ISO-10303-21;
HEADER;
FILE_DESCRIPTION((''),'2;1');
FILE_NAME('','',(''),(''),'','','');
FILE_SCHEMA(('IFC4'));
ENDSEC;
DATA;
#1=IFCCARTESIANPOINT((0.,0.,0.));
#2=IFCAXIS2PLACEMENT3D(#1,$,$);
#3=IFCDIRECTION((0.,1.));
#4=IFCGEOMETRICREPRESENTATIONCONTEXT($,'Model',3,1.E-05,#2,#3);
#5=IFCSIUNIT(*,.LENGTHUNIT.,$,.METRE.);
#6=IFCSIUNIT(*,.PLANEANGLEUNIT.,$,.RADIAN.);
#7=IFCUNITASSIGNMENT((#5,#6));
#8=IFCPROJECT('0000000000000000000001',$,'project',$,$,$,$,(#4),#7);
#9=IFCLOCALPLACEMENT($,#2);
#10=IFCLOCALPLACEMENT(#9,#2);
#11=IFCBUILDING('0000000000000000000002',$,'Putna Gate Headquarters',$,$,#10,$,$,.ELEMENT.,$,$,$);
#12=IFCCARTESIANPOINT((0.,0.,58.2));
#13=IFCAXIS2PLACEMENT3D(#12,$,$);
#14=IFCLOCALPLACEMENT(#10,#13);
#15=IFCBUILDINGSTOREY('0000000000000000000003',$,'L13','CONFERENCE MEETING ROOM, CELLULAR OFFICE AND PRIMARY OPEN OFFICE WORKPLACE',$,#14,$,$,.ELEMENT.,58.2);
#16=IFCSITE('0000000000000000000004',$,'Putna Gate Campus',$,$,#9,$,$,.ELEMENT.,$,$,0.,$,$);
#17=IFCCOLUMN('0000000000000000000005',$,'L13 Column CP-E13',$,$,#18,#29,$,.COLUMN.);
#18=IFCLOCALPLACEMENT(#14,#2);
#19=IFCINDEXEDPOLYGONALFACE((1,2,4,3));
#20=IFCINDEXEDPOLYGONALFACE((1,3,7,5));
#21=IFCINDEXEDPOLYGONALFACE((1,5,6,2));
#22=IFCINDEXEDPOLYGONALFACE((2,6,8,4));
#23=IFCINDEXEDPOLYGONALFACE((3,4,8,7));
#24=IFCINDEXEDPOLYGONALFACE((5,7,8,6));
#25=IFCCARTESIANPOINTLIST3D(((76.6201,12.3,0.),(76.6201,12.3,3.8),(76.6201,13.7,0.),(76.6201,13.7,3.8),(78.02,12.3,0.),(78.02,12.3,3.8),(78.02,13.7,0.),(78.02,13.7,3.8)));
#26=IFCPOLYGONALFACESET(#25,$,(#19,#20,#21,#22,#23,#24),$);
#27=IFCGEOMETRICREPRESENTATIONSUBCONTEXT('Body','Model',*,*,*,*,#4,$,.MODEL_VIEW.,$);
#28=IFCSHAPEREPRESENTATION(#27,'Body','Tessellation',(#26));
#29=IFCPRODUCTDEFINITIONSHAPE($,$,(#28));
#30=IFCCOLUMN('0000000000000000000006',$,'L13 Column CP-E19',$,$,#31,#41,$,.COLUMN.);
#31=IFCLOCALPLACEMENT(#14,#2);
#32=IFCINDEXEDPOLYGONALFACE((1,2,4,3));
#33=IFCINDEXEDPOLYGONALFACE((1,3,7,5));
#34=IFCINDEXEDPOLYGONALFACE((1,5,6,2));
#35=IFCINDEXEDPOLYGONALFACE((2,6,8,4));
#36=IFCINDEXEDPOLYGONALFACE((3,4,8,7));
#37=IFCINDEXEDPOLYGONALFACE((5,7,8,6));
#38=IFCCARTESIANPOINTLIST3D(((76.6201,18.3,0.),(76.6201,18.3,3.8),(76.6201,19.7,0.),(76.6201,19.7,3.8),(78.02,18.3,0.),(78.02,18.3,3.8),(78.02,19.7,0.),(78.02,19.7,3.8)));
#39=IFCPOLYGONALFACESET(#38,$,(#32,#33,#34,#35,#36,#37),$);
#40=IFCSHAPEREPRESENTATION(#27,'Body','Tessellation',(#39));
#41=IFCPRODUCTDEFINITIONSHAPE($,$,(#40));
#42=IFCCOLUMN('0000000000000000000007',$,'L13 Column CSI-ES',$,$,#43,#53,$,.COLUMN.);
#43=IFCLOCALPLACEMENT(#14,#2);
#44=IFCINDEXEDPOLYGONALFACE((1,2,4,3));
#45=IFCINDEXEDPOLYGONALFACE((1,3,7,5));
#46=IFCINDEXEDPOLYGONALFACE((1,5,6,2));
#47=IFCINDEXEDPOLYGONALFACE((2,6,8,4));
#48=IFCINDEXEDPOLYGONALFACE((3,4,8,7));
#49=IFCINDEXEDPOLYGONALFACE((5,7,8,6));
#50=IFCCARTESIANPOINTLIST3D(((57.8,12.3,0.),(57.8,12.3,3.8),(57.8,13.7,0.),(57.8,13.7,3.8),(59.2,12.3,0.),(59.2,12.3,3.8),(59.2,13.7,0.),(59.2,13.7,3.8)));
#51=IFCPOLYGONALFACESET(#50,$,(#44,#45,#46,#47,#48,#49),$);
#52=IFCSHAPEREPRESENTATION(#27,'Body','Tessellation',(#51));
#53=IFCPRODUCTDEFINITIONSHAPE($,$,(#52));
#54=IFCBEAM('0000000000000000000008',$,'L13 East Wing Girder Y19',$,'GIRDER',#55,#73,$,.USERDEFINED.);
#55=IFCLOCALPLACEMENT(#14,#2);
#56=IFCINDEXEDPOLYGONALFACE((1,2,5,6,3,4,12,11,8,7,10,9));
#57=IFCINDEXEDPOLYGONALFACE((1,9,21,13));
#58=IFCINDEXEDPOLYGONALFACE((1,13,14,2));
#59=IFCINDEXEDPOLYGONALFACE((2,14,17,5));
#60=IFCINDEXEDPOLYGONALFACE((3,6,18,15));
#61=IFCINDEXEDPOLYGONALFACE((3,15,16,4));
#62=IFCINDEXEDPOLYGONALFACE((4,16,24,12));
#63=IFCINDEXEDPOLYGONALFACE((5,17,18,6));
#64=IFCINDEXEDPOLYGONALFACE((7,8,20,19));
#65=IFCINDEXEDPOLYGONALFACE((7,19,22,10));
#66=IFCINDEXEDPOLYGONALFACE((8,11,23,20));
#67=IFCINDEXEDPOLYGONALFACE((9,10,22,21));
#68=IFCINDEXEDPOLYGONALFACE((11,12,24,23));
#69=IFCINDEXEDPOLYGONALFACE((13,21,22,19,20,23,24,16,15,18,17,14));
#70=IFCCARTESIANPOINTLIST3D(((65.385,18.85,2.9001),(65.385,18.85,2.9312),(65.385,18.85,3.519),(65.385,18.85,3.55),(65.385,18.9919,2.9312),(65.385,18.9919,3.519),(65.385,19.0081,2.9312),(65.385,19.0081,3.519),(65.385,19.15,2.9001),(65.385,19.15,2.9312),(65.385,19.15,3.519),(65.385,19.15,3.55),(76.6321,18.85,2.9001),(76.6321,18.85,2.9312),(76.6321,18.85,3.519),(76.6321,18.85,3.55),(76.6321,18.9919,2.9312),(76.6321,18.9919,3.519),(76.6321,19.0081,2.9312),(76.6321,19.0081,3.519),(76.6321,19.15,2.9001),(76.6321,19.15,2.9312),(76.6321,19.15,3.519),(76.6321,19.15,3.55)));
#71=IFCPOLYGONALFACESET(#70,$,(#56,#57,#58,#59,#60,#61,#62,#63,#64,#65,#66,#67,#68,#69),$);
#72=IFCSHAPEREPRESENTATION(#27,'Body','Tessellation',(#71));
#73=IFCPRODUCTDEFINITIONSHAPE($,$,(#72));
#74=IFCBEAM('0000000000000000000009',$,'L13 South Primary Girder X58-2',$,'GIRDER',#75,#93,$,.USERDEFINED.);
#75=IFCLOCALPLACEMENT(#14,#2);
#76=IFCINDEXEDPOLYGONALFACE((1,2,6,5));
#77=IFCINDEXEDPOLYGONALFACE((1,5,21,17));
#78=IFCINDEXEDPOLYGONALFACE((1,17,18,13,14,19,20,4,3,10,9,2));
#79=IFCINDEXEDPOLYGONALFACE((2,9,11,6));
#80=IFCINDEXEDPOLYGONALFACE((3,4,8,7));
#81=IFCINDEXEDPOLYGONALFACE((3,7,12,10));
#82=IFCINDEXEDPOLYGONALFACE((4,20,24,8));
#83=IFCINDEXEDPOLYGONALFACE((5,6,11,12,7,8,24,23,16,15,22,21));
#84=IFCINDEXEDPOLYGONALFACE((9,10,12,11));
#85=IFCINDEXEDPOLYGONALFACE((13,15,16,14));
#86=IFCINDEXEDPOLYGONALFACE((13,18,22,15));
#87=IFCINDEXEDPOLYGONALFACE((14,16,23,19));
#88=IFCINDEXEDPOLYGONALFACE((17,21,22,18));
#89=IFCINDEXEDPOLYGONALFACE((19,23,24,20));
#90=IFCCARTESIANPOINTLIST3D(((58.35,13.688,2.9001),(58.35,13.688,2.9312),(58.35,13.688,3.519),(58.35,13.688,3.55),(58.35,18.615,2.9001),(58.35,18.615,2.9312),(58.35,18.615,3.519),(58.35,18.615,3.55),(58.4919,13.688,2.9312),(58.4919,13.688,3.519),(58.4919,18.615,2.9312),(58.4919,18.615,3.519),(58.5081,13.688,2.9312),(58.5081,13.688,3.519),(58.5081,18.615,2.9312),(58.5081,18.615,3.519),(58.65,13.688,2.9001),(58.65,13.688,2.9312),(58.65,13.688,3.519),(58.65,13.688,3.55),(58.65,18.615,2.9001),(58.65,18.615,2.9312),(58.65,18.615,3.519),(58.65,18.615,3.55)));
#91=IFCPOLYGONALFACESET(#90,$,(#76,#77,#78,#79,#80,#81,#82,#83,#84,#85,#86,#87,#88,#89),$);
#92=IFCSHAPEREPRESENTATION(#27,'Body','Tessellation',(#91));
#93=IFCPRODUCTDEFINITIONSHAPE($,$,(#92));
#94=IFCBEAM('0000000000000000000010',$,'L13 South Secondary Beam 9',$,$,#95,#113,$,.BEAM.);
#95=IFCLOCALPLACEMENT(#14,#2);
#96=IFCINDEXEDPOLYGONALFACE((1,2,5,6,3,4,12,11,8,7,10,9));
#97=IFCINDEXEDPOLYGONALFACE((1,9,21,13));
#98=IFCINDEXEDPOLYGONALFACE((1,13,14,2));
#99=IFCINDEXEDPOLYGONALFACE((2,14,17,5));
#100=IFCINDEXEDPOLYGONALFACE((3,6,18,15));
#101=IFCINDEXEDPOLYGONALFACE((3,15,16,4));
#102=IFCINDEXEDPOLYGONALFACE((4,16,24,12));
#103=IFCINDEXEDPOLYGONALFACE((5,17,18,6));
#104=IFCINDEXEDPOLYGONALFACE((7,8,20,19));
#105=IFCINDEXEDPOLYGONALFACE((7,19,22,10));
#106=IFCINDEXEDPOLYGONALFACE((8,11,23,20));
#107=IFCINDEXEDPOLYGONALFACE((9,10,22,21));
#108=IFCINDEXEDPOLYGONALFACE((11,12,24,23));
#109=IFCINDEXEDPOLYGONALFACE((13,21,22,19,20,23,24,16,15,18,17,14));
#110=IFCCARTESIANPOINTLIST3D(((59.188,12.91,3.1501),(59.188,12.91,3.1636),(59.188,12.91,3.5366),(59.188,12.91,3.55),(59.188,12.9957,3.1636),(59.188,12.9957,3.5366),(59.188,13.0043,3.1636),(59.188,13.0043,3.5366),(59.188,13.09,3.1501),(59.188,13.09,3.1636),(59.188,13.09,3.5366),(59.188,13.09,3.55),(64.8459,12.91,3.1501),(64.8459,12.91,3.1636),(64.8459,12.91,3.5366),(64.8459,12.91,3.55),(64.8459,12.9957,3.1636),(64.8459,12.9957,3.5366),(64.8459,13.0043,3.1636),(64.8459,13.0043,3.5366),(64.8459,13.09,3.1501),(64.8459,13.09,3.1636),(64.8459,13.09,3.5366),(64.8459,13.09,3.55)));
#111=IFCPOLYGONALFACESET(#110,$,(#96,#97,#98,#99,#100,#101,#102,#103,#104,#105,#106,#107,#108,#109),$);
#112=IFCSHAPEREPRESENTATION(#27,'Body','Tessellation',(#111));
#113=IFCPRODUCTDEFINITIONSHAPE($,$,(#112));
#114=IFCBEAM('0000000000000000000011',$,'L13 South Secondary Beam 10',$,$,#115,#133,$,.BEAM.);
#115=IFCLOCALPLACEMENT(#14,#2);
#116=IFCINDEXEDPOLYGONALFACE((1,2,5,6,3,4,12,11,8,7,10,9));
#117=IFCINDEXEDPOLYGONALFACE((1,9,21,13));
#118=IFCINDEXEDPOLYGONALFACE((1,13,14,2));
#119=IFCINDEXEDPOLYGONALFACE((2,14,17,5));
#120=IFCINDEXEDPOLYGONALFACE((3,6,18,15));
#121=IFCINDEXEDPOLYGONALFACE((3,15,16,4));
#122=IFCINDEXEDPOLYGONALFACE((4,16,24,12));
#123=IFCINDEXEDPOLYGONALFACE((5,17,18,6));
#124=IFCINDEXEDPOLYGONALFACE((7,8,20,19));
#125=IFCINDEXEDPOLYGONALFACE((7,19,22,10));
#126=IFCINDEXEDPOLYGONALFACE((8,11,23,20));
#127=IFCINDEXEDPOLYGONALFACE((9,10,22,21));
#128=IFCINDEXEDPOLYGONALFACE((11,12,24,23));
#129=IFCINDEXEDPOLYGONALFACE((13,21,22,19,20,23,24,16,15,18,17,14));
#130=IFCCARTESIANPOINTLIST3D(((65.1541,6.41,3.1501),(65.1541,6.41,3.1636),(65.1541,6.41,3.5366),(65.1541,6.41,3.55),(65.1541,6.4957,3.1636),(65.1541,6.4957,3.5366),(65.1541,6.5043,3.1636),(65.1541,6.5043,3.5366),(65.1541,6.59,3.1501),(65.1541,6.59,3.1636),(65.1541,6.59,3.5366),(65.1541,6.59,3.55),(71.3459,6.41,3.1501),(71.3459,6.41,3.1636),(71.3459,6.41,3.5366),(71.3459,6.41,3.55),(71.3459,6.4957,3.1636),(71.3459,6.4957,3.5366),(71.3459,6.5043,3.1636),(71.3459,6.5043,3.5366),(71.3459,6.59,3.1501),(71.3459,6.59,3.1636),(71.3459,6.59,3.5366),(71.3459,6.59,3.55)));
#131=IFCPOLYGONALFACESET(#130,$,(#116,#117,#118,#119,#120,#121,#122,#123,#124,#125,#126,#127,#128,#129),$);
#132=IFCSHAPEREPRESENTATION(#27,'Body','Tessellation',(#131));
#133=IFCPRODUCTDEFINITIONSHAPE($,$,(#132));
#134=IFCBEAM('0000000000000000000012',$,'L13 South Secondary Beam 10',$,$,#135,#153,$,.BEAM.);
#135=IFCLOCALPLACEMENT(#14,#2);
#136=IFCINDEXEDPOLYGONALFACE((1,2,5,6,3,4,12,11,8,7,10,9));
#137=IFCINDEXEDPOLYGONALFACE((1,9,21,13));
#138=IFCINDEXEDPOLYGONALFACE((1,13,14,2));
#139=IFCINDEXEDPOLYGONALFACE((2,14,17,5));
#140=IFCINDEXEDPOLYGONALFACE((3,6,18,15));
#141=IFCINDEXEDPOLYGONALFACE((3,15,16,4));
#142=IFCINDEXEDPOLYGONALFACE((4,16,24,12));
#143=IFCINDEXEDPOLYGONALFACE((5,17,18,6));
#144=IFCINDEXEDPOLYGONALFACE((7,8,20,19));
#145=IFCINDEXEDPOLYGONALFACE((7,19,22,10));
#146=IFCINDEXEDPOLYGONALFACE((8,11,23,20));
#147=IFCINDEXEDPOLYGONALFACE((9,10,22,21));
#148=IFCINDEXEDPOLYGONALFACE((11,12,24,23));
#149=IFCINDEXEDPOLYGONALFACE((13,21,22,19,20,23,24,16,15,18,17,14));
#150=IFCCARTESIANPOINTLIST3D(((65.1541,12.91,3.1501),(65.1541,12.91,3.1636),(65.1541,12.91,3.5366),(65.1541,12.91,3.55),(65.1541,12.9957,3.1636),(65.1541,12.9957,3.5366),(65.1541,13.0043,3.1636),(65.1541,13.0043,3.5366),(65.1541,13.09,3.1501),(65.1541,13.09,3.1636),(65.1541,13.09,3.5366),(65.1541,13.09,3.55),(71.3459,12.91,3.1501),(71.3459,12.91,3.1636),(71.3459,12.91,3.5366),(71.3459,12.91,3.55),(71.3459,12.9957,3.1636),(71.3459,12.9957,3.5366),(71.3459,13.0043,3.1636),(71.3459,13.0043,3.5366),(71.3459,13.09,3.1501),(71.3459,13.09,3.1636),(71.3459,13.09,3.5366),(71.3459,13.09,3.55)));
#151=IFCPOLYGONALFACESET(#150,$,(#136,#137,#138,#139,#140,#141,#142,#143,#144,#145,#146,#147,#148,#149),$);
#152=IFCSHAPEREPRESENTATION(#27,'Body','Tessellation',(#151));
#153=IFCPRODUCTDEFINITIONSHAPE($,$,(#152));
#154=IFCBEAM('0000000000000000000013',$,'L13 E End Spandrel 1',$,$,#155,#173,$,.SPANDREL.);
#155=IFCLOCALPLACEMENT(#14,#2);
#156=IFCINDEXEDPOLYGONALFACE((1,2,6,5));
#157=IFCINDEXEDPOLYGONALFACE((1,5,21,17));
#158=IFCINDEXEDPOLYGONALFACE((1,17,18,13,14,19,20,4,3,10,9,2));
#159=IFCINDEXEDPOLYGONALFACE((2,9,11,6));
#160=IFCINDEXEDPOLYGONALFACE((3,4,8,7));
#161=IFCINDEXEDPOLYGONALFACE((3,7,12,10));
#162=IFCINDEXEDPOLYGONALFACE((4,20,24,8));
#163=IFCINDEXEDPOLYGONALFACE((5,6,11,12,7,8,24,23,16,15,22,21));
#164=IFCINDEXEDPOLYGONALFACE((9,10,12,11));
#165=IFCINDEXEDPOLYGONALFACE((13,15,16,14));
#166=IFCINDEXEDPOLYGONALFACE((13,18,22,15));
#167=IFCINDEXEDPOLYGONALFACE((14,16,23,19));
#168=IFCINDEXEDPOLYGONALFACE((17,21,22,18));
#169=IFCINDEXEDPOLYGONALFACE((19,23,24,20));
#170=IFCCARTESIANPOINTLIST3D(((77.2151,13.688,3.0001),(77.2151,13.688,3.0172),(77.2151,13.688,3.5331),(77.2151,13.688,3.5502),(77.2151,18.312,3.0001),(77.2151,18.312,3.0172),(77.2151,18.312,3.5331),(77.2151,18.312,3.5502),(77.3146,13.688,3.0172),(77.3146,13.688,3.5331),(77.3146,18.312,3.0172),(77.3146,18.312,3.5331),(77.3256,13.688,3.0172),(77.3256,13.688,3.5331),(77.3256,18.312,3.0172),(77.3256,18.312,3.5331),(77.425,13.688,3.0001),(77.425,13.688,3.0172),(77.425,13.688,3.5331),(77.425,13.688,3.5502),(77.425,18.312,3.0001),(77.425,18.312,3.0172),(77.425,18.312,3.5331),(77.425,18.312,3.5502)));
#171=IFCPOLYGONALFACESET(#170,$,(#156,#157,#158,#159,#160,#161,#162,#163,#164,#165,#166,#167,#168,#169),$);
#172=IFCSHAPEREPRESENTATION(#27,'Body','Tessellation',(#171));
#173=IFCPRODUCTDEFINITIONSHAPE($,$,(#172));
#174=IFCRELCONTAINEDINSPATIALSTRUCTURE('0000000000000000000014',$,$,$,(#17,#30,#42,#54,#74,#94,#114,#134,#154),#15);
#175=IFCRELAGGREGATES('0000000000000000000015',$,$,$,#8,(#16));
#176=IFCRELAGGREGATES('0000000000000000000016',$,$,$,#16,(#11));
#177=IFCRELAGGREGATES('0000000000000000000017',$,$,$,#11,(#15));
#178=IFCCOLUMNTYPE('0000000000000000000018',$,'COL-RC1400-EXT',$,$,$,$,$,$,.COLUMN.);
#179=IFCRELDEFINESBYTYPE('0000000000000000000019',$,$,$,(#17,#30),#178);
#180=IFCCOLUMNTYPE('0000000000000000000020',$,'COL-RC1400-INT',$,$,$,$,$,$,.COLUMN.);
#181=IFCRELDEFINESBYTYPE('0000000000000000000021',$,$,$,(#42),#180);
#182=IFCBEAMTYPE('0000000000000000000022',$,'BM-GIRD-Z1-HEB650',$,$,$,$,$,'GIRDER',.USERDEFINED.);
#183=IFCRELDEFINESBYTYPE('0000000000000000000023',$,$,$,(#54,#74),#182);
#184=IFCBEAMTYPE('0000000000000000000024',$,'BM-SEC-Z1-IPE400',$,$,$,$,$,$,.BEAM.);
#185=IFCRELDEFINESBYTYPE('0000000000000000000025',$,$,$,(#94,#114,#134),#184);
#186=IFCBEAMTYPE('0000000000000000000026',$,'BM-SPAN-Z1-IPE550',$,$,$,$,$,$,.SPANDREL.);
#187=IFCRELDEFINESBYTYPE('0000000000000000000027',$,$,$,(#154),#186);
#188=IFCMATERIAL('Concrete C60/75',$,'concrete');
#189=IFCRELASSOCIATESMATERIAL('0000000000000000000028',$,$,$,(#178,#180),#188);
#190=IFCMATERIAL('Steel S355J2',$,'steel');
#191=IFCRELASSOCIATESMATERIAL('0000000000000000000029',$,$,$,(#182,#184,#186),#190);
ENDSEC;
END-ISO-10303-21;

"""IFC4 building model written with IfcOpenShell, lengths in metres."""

from ifc_helpers import new_model, si_unit, direction, frame, origin, origin_2d, place, context, subcontext, project, spatial, rectangle, i_section, extrude, material, material_profile, profile_set, type_object, element, save


model = new_model("IFC4")

# Units and contexts
model_context = context("Model", 3, precision=1e-05, world=origin(), true_north=direction((0.0, 1.0)))
body_context = subcontext(model_context, "Body", "Model", "MODEL_VIEW")
ifc_project = project(units=[si_unit("LENGTHUNIT", "METRE"), si_unit("PLANEANGLEUNIT", "RADIAN")], contexts=[model_context])

# Site, building, storey
site_placement = place(None, origin())
site = spatial("IfcSite", under=ifc_project, at=site_placement, Name="Putna Gate Campus", CompositionType="ELEMENT", RefElevation=0.0)
building_placement = place(site_placement, origin())
building = spatial("IfcBuilding", under=site, at=building_placement, Name="Putna Gate Headquarters", CompositionType="ELEMENT")
storey_placement = place(building_placement, frame((0.0, 0.0, 58.2)))
storey = spatial("IfcBuildingStorey", under=building, at=storey_placement, Name="L13", Description="CONFERENCE MEETING ROOM, CELLULAR OFFICE AND PRIMARY OPEN OFFICE WORKPLACE", CompositionType="ELEMENT", Elevation=58.2)

# Columns
ifc_material_1 = material(Name="Concrete C60/75", Category="concrete")
ifc_material_profile_1 = material_profile(ifc_material_1, rectangle(XDim=1.3999, YDim=1.3999, at=origin_2d()), Name="Concrete C60/75")
ifc_profile_set_1 = profile_set([ifc_material_profile_1], Name="Concrete C60/75")
column_type_1 = type_object("IfcColumnType", Name="COL-RC1400-EXT", PredefinedType="COLUMN", material=ifc_profile_set_1)
for number, where, z_axis, x_axis, name in (
    (1, (77.3201, 13.0, 0.0), (0.0, 0.0, 1.0), (1.0, 0.0, 0.0), "L13 Column CP-E13"),
    (2, (77.3201, 19.0, 0.0), (0.0, 0.0, 1.0), (1.0, 0.0, 0.0), "L13 Column CP-E19"),
):
    element("IfcColumn", number, at=place(storey_placement, frame(where, z_axis=z_axis, x_axis=x_axis)), inside=storey, type_object=column_type_1, Name=name, PredefinedType="COLUMN", context=body_context, shape_type="SweptSolid", body=[
        extrude(rectangle(XDim=1.3999, YDim=1.3999, at=origin_2d()), origin(), (0.0, 0.0, 1.0), 3.8),
    ])
ifc_material_profile_2 = material_profile(ifc_material_1, rectangle(XDim=1.3999, YDim=1.3999, at=origin_2d()), Name="Concrete C60/75")
ifc_profile_set_2 = profile_set([ifc_material_profile_2], Name="Concrete C60/75")
column_type_2 = type_object("IfcColumnType", Name="COL-RC1400-INT", PredefinedType="COLUMN", material=ifc_profile_set_2)
column_placement = place(storey_placement, frame((58.5, 13.0, 0.0), z_axis=(0.0, 0.0, 1.0), x_axis=(1.0, 0.0, 0.0)))
element("IfcColumn", 3, at=column_placement, inside=storey, type_object=column_type_2, Name="L13 Column CSI-ES", PredefinedType="COLUMN", context=body_context, shape_type="SweptSolid", body=[
    extrude(rectangle(XDim=1.3999, YDim=1.3999, at=origin_2d()), origin(), (0.0, 0.0, 1.0), 3.8),
])

# Beams
ifc_material_2 = material(Name="Steel S355J2", Category="steel")
ifc_material_profile_3 = material_profile(ifc_material_2, i_section(OverallWidth=0.3, OverallDepth=0.6499, WebThickness=0.0161, FlangeThickness=0.031, at=origin_2d()), Name="Steel S355J2")
ifc_profile_set_3 = profile_set([ifc_material_profile_3], Name="Steel S355J2")
beam_type_1 = type_object("IfcBeamType", Name="BM-GIRD-Z1-HEB650", ElementType="GIRDER", PredefinedType="USERDEFINED", material=ifc_profile_set_3)
beam_1_placement = place(storey_placement, frame((65.385, 19.0, 3.2251), z_axis=(1.0, 0.0, 0.0), x_axis=(0.0, 1.0, 0.0)))
element("IfcBeam", 4, at=beam_1_placement, inside=storey, type_object=beam_type_1, Name="L13 East Wing Girder Y19", ObjectType="GIRDER", PredefinedType="USERDEFINED", context=body_context, shape_type="SweptSolid", body=[
    extrude(i_section(OverallWidth=0.3, OverallDepth=0.6499, WebThickness=0.0161, FlangeThickness=0.031, at=origin_2d()), origin(), (0.0, 0.0, 1.0), 11.2471),
])
beam_2_placement = place(storey_placement, frame((58.5, 13.688, 3.2251), z_axis=(0.0, 1.0, 0.0), x_axis=(-1.0, 0.0, 0.0)))
element("IfcBeam", 5, at=beam_2_placement, inside=storey, type_object=beam_type_1, Name="L13 South Primary Girder X58-2", ObjectType="GIRDER", PredefinedType="USERDEFINED", context=body_context, shape_type="SweptSolid", body=[
    extrude(i_section(OverallWidth=0.3, OverallDepth=0.6499, WebThickness=0.0161, FlangeThickness=0.031, at=origin_2d()), origin(), (0.0, 0.0, 1.0), 4.927),
])
ifc_material_profile_4 = material_profile(ifc_material_2, i_section(OverallWidth=0.1799, OverallDepth=0.3999, WebThickness=0.0085, FlangeThickness=0.0134, at=origin_2d()), Name="Steel S355J2")
ifc_profile_set_4 = profile_set([ifc_material_profile_4], Name="Steel S355J2")
beam_type_2 = type_object("IfcBeamType", Name="BM-SEC-Z1-IPE400", PredefinedType="BEAM", material=ifc_profile_set_4)
beam_3_placement = place(storey_placement, frame((59.188, 13.0, 3.3501), z_axis=(1.0, 0.0, 0.0), x_axis=(0.0, 1.0, 0.0)))
element("IfcBeam", 6, at=beam_3_placement, inside=storey, type_object=beam_type_2, Name="L13 South Secondary Beam 9", PredefinedType="BEAM", context=body_context, shape_type="SweptSolid", body=[
    extrude(i_section(OverallWidth=0.1799, OverallDepth=0.3999, WebThickness=0.0085, FlangeThickness=0.0134, at=origin_2d()), origin(), (0.0, 0.0, 1.0), 5.658),
])
for number, where, z_axis, x_axis, name in (
    (7, (65.1541, 6.5, 3.3501), (1.0, 0.0, 0.0), (0.0, 1.0, 0.0), "L13 South Secondary Beam 10"),
    (8, (65.1541, 13.0, 3.3501), (1.0, 0.0, 0.0), (0.0, 1.0, 0.0), "L13 South Secondary Beam 10"),
):
    element("IfcBeam", number, at=place(storey_placement, frame(where, z_axis=z_axis, x_axis=x_axis)), inside=storey, type_object=beam_type_2, Name=name, PredefinedType="BEAM", context=body_context, shape_type="SweptSolid", body=[
        extrude(i_section(OverallWidth=0.1799, OverallDepth=0.3999, WebThickness=0.0085, FlangeThickness=0.0134, at=origin_2d()), origin(), (0.0, 0.0, 1.0), 6.1919),
    ])
ifc_material_profile_5 = material_profile(ifc_material_2, i_section(OverallWidth=0.21, OverallDepth=0.55, WebThickness=0.011, FlangeThickness=0.0171, at=origin_2d()), Name="Steel S355J2")
ifc_profile_set_5 = profile_set([ifc_material_profile_5], Name="Steel S355J2")
beam_type_3 = type_object("IfcBeamType", Name="BM-SPAN-Z1-IPE550", PredefinedType="SPANDREL", material=ifc_profile_set_5)
beam_4_placement = place(storey_placement, frame((77.3201, 13.688, 3.2751), z_axis=(0.0, 1.0, 0.0), x_axis=(-1.0, 0.0, 0.0)))
element("IfcBeam", 9, at=beam_4_placement, inside=storey, type_object=beam_type_3, Name="L13 E End Spandrel 1", PredefinedType="SPANDREL", context=body_context, shape_type="SweptSolid", body=[
    extrude(i_section(OverallWidth=0.21, OverallDepth=0.55, WebThickness=0.011, FlangeThickness=0.0171, at=origin_2d()), origin(), (0.0, 0.0, 1.0), 4.624),
])

save(model, "model.ifc")
